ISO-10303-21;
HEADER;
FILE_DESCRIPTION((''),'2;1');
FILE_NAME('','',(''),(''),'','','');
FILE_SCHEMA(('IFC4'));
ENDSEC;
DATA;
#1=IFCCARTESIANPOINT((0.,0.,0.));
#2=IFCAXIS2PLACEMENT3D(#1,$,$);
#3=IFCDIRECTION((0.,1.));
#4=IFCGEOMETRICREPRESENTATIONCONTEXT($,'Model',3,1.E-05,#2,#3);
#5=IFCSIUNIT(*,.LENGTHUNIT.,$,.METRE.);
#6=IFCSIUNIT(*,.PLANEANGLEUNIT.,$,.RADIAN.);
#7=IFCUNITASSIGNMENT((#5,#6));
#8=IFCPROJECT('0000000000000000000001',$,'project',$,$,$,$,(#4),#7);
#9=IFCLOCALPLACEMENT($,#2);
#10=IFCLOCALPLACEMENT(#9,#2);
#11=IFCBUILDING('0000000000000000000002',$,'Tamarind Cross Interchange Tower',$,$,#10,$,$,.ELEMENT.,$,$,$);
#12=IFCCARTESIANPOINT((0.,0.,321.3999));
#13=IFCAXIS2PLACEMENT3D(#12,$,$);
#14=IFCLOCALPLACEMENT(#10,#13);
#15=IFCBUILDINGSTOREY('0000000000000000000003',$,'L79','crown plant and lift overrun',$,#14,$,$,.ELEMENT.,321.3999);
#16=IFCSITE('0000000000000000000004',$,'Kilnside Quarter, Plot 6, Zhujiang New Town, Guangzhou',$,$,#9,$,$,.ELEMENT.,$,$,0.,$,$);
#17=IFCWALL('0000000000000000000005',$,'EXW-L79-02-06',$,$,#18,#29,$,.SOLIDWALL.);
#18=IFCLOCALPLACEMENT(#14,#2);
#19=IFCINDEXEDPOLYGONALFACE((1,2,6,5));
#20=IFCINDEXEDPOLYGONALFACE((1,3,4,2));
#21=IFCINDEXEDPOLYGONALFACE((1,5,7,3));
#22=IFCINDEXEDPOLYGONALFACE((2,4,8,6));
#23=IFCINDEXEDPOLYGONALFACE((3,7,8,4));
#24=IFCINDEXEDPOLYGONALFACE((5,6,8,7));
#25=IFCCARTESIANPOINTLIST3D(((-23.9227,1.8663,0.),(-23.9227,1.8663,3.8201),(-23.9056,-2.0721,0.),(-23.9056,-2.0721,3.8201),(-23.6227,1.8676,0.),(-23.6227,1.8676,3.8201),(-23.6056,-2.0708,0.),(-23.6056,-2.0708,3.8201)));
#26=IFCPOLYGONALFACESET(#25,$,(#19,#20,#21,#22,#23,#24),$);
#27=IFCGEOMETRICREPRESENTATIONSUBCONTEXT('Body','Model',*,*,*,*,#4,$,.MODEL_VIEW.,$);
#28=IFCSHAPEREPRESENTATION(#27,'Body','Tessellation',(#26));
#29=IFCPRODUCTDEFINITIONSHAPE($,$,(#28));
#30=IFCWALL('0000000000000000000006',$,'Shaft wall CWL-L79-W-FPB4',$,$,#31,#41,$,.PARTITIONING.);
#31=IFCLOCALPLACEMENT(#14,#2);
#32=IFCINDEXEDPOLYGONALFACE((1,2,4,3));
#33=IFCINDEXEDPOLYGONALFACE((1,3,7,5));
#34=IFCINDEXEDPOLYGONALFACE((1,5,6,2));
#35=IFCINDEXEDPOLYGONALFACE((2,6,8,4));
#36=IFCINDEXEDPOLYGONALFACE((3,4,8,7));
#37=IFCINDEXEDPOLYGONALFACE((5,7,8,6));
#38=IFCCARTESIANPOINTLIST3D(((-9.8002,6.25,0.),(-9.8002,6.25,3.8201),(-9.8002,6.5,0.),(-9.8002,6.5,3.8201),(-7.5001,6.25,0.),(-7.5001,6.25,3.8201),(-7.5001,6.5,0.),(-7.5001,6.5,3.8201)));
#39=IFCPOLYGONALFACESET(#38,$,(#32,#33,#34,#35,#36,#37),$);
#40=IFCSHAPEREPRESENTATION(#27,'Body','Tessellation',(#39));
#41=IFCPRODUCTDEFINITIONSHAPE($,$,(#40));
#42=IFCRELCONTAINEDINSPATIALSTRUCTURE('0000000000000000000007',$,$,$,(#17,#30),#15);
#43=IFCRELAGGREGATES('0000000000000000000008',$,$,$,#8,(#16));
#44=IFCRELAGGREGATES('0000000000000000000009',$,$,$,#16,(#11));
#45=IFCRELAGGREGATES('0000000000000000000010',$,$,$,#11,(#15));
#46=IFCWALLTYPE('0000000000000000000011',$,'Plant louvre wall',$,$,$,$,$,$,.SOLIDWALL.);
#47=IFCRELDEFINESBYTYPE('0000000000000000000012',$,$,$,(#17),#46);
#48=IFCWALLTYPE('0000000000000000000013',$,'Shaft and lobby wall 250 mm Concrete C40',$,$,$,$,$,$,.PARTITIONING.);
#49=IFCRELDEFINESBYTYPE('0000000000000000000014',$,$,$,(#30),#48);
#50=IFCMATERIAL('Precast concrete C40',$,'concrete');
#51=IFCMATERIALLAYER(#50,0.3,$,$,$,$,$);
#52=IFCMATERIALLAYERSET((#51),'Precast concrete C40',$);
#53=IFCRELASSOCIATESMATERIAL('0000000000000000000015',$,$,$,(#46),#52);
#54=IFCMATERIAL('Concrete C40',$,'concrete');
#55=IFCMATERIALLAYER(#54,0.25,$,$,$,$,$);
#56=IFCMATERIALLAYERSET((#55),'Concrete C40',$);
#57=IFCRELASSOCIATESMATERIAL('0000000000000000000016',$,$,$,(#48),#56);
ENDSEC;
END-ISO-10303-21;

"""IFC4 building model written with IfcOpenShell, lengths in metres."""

from ifc_helpers import new_model, si_unit, direction, frame, frame_2d, origin, place, context, subcontext, project, spatial, rectangle, extrude, material, layer, layer_set, type_object, element, save


model = new_model("IFC4")

# Units and contexts
model_context = context("Model", 3, precision=1e-05, world=origin(), true_north=direction((0.0, 1.0)))
body_context = subcontext(model_context, "Body", "Model", "MODEL_VIEW")
ifc_project = project(units=[si_unit("LENGTHUNIT", "METRE"), si_unit("PLANEANGLEUNIT", "RADIAN")], contexts=[model_context])

# Site, building, storey
site_placement = place(None, origin())
site = spatial("IfcSite", under=ifc_project, at=site_placement, Name="Kilnside Quarter, Plot 6, Zhujiang New Town, Guangzhou", CompositionType="ELEMENT", RefElevation=0.0)
building_placement = place(site_placement, origin())
building = spatial("IfcBuilding", under=site, at=building_placement, Name="Tamarind Cross Interchange Tower", CompositionType="ELEMENT")
storey_placement = place(building_placement, frame((0.0, 0.0, 321.3999)))
storey = spatial("IfcBuildingStorey", under=building, at=storey_placement, Name="L79", Description="crown plant and lift overrun", CompositionType="ELEMENT", Elevation=321.3999)

# Walls
ifc_material_1 = material(Name="Precast concrete C40", Category="concrete")
ifc_layer_1 = layer(ifc_material_1, 0.3)
ifc_layer_set_1 = layer_set([ifc_layer_1], Name="Precast concrete C40")
wall_type_1 = type_object("IfcWallType", Name="Plant louvre wall", PredefinedType="SOLIDWALL", material=ifc_layer_set_1)
wall_1_placement = place(storey_placement, frame((-23.7727, 1.8669, 0.0), z_axis=(0.0, 0.0, 1.0), x_axis=(0.004339, -0.999991, 0.0)))
element("IfcWall", 1, at=wall_1_placement, inside=storey, type_object=wall_type_1, Name="EXW-L79-02-06", PredefinedType="SOLIDWALL", context=body_context, shape_type="SweptSolid", body=[
    extrude(rectangle(XDim=3.9385, YDim=0.3, at=frame_2d((1.9692, 0.0))), origin(), (0.0, 0.0, 1.0), 3.8201),
])
ifc_material_2 = material(Name="Concrete C40", Category="concrete")
ifc_layer_2 = layer(ifc_material_2, 0.25)
ifc_layer_set_2 = layer_set([ifc_layer_2], Name="Concrete C40")
wall_type_2 = type_object("IfcWallType", Name="Shaft and lobby wall 250 mm Concrete C40", PredefinedType="PARTITIONING", material=ifc_layer_set_2)
wall_2_placement = place(storey_placement, frame((-9.8, 6.375, 0.0), z_axis=(0.0, 0.0, 1.0), x_axis=(1.0, 0.0, 0.0)))
element("IfcWall", 2, at=wall_2_placement, inside=storey, type_object=wall_type_2, Name="Shaft wall CWL-L79-W-FPB4", PredefinedType="PARTITIONING", context=body_context, shape_type="SweptSolid", body=[
    extrude(rectangle(XDim=2.3, YDim=0.25, at=frame_2d((1.1499, 0.0))), origin(), (0.0, 0.0, 1.0), 3.8201),
])

save(model, "model.ifc")
